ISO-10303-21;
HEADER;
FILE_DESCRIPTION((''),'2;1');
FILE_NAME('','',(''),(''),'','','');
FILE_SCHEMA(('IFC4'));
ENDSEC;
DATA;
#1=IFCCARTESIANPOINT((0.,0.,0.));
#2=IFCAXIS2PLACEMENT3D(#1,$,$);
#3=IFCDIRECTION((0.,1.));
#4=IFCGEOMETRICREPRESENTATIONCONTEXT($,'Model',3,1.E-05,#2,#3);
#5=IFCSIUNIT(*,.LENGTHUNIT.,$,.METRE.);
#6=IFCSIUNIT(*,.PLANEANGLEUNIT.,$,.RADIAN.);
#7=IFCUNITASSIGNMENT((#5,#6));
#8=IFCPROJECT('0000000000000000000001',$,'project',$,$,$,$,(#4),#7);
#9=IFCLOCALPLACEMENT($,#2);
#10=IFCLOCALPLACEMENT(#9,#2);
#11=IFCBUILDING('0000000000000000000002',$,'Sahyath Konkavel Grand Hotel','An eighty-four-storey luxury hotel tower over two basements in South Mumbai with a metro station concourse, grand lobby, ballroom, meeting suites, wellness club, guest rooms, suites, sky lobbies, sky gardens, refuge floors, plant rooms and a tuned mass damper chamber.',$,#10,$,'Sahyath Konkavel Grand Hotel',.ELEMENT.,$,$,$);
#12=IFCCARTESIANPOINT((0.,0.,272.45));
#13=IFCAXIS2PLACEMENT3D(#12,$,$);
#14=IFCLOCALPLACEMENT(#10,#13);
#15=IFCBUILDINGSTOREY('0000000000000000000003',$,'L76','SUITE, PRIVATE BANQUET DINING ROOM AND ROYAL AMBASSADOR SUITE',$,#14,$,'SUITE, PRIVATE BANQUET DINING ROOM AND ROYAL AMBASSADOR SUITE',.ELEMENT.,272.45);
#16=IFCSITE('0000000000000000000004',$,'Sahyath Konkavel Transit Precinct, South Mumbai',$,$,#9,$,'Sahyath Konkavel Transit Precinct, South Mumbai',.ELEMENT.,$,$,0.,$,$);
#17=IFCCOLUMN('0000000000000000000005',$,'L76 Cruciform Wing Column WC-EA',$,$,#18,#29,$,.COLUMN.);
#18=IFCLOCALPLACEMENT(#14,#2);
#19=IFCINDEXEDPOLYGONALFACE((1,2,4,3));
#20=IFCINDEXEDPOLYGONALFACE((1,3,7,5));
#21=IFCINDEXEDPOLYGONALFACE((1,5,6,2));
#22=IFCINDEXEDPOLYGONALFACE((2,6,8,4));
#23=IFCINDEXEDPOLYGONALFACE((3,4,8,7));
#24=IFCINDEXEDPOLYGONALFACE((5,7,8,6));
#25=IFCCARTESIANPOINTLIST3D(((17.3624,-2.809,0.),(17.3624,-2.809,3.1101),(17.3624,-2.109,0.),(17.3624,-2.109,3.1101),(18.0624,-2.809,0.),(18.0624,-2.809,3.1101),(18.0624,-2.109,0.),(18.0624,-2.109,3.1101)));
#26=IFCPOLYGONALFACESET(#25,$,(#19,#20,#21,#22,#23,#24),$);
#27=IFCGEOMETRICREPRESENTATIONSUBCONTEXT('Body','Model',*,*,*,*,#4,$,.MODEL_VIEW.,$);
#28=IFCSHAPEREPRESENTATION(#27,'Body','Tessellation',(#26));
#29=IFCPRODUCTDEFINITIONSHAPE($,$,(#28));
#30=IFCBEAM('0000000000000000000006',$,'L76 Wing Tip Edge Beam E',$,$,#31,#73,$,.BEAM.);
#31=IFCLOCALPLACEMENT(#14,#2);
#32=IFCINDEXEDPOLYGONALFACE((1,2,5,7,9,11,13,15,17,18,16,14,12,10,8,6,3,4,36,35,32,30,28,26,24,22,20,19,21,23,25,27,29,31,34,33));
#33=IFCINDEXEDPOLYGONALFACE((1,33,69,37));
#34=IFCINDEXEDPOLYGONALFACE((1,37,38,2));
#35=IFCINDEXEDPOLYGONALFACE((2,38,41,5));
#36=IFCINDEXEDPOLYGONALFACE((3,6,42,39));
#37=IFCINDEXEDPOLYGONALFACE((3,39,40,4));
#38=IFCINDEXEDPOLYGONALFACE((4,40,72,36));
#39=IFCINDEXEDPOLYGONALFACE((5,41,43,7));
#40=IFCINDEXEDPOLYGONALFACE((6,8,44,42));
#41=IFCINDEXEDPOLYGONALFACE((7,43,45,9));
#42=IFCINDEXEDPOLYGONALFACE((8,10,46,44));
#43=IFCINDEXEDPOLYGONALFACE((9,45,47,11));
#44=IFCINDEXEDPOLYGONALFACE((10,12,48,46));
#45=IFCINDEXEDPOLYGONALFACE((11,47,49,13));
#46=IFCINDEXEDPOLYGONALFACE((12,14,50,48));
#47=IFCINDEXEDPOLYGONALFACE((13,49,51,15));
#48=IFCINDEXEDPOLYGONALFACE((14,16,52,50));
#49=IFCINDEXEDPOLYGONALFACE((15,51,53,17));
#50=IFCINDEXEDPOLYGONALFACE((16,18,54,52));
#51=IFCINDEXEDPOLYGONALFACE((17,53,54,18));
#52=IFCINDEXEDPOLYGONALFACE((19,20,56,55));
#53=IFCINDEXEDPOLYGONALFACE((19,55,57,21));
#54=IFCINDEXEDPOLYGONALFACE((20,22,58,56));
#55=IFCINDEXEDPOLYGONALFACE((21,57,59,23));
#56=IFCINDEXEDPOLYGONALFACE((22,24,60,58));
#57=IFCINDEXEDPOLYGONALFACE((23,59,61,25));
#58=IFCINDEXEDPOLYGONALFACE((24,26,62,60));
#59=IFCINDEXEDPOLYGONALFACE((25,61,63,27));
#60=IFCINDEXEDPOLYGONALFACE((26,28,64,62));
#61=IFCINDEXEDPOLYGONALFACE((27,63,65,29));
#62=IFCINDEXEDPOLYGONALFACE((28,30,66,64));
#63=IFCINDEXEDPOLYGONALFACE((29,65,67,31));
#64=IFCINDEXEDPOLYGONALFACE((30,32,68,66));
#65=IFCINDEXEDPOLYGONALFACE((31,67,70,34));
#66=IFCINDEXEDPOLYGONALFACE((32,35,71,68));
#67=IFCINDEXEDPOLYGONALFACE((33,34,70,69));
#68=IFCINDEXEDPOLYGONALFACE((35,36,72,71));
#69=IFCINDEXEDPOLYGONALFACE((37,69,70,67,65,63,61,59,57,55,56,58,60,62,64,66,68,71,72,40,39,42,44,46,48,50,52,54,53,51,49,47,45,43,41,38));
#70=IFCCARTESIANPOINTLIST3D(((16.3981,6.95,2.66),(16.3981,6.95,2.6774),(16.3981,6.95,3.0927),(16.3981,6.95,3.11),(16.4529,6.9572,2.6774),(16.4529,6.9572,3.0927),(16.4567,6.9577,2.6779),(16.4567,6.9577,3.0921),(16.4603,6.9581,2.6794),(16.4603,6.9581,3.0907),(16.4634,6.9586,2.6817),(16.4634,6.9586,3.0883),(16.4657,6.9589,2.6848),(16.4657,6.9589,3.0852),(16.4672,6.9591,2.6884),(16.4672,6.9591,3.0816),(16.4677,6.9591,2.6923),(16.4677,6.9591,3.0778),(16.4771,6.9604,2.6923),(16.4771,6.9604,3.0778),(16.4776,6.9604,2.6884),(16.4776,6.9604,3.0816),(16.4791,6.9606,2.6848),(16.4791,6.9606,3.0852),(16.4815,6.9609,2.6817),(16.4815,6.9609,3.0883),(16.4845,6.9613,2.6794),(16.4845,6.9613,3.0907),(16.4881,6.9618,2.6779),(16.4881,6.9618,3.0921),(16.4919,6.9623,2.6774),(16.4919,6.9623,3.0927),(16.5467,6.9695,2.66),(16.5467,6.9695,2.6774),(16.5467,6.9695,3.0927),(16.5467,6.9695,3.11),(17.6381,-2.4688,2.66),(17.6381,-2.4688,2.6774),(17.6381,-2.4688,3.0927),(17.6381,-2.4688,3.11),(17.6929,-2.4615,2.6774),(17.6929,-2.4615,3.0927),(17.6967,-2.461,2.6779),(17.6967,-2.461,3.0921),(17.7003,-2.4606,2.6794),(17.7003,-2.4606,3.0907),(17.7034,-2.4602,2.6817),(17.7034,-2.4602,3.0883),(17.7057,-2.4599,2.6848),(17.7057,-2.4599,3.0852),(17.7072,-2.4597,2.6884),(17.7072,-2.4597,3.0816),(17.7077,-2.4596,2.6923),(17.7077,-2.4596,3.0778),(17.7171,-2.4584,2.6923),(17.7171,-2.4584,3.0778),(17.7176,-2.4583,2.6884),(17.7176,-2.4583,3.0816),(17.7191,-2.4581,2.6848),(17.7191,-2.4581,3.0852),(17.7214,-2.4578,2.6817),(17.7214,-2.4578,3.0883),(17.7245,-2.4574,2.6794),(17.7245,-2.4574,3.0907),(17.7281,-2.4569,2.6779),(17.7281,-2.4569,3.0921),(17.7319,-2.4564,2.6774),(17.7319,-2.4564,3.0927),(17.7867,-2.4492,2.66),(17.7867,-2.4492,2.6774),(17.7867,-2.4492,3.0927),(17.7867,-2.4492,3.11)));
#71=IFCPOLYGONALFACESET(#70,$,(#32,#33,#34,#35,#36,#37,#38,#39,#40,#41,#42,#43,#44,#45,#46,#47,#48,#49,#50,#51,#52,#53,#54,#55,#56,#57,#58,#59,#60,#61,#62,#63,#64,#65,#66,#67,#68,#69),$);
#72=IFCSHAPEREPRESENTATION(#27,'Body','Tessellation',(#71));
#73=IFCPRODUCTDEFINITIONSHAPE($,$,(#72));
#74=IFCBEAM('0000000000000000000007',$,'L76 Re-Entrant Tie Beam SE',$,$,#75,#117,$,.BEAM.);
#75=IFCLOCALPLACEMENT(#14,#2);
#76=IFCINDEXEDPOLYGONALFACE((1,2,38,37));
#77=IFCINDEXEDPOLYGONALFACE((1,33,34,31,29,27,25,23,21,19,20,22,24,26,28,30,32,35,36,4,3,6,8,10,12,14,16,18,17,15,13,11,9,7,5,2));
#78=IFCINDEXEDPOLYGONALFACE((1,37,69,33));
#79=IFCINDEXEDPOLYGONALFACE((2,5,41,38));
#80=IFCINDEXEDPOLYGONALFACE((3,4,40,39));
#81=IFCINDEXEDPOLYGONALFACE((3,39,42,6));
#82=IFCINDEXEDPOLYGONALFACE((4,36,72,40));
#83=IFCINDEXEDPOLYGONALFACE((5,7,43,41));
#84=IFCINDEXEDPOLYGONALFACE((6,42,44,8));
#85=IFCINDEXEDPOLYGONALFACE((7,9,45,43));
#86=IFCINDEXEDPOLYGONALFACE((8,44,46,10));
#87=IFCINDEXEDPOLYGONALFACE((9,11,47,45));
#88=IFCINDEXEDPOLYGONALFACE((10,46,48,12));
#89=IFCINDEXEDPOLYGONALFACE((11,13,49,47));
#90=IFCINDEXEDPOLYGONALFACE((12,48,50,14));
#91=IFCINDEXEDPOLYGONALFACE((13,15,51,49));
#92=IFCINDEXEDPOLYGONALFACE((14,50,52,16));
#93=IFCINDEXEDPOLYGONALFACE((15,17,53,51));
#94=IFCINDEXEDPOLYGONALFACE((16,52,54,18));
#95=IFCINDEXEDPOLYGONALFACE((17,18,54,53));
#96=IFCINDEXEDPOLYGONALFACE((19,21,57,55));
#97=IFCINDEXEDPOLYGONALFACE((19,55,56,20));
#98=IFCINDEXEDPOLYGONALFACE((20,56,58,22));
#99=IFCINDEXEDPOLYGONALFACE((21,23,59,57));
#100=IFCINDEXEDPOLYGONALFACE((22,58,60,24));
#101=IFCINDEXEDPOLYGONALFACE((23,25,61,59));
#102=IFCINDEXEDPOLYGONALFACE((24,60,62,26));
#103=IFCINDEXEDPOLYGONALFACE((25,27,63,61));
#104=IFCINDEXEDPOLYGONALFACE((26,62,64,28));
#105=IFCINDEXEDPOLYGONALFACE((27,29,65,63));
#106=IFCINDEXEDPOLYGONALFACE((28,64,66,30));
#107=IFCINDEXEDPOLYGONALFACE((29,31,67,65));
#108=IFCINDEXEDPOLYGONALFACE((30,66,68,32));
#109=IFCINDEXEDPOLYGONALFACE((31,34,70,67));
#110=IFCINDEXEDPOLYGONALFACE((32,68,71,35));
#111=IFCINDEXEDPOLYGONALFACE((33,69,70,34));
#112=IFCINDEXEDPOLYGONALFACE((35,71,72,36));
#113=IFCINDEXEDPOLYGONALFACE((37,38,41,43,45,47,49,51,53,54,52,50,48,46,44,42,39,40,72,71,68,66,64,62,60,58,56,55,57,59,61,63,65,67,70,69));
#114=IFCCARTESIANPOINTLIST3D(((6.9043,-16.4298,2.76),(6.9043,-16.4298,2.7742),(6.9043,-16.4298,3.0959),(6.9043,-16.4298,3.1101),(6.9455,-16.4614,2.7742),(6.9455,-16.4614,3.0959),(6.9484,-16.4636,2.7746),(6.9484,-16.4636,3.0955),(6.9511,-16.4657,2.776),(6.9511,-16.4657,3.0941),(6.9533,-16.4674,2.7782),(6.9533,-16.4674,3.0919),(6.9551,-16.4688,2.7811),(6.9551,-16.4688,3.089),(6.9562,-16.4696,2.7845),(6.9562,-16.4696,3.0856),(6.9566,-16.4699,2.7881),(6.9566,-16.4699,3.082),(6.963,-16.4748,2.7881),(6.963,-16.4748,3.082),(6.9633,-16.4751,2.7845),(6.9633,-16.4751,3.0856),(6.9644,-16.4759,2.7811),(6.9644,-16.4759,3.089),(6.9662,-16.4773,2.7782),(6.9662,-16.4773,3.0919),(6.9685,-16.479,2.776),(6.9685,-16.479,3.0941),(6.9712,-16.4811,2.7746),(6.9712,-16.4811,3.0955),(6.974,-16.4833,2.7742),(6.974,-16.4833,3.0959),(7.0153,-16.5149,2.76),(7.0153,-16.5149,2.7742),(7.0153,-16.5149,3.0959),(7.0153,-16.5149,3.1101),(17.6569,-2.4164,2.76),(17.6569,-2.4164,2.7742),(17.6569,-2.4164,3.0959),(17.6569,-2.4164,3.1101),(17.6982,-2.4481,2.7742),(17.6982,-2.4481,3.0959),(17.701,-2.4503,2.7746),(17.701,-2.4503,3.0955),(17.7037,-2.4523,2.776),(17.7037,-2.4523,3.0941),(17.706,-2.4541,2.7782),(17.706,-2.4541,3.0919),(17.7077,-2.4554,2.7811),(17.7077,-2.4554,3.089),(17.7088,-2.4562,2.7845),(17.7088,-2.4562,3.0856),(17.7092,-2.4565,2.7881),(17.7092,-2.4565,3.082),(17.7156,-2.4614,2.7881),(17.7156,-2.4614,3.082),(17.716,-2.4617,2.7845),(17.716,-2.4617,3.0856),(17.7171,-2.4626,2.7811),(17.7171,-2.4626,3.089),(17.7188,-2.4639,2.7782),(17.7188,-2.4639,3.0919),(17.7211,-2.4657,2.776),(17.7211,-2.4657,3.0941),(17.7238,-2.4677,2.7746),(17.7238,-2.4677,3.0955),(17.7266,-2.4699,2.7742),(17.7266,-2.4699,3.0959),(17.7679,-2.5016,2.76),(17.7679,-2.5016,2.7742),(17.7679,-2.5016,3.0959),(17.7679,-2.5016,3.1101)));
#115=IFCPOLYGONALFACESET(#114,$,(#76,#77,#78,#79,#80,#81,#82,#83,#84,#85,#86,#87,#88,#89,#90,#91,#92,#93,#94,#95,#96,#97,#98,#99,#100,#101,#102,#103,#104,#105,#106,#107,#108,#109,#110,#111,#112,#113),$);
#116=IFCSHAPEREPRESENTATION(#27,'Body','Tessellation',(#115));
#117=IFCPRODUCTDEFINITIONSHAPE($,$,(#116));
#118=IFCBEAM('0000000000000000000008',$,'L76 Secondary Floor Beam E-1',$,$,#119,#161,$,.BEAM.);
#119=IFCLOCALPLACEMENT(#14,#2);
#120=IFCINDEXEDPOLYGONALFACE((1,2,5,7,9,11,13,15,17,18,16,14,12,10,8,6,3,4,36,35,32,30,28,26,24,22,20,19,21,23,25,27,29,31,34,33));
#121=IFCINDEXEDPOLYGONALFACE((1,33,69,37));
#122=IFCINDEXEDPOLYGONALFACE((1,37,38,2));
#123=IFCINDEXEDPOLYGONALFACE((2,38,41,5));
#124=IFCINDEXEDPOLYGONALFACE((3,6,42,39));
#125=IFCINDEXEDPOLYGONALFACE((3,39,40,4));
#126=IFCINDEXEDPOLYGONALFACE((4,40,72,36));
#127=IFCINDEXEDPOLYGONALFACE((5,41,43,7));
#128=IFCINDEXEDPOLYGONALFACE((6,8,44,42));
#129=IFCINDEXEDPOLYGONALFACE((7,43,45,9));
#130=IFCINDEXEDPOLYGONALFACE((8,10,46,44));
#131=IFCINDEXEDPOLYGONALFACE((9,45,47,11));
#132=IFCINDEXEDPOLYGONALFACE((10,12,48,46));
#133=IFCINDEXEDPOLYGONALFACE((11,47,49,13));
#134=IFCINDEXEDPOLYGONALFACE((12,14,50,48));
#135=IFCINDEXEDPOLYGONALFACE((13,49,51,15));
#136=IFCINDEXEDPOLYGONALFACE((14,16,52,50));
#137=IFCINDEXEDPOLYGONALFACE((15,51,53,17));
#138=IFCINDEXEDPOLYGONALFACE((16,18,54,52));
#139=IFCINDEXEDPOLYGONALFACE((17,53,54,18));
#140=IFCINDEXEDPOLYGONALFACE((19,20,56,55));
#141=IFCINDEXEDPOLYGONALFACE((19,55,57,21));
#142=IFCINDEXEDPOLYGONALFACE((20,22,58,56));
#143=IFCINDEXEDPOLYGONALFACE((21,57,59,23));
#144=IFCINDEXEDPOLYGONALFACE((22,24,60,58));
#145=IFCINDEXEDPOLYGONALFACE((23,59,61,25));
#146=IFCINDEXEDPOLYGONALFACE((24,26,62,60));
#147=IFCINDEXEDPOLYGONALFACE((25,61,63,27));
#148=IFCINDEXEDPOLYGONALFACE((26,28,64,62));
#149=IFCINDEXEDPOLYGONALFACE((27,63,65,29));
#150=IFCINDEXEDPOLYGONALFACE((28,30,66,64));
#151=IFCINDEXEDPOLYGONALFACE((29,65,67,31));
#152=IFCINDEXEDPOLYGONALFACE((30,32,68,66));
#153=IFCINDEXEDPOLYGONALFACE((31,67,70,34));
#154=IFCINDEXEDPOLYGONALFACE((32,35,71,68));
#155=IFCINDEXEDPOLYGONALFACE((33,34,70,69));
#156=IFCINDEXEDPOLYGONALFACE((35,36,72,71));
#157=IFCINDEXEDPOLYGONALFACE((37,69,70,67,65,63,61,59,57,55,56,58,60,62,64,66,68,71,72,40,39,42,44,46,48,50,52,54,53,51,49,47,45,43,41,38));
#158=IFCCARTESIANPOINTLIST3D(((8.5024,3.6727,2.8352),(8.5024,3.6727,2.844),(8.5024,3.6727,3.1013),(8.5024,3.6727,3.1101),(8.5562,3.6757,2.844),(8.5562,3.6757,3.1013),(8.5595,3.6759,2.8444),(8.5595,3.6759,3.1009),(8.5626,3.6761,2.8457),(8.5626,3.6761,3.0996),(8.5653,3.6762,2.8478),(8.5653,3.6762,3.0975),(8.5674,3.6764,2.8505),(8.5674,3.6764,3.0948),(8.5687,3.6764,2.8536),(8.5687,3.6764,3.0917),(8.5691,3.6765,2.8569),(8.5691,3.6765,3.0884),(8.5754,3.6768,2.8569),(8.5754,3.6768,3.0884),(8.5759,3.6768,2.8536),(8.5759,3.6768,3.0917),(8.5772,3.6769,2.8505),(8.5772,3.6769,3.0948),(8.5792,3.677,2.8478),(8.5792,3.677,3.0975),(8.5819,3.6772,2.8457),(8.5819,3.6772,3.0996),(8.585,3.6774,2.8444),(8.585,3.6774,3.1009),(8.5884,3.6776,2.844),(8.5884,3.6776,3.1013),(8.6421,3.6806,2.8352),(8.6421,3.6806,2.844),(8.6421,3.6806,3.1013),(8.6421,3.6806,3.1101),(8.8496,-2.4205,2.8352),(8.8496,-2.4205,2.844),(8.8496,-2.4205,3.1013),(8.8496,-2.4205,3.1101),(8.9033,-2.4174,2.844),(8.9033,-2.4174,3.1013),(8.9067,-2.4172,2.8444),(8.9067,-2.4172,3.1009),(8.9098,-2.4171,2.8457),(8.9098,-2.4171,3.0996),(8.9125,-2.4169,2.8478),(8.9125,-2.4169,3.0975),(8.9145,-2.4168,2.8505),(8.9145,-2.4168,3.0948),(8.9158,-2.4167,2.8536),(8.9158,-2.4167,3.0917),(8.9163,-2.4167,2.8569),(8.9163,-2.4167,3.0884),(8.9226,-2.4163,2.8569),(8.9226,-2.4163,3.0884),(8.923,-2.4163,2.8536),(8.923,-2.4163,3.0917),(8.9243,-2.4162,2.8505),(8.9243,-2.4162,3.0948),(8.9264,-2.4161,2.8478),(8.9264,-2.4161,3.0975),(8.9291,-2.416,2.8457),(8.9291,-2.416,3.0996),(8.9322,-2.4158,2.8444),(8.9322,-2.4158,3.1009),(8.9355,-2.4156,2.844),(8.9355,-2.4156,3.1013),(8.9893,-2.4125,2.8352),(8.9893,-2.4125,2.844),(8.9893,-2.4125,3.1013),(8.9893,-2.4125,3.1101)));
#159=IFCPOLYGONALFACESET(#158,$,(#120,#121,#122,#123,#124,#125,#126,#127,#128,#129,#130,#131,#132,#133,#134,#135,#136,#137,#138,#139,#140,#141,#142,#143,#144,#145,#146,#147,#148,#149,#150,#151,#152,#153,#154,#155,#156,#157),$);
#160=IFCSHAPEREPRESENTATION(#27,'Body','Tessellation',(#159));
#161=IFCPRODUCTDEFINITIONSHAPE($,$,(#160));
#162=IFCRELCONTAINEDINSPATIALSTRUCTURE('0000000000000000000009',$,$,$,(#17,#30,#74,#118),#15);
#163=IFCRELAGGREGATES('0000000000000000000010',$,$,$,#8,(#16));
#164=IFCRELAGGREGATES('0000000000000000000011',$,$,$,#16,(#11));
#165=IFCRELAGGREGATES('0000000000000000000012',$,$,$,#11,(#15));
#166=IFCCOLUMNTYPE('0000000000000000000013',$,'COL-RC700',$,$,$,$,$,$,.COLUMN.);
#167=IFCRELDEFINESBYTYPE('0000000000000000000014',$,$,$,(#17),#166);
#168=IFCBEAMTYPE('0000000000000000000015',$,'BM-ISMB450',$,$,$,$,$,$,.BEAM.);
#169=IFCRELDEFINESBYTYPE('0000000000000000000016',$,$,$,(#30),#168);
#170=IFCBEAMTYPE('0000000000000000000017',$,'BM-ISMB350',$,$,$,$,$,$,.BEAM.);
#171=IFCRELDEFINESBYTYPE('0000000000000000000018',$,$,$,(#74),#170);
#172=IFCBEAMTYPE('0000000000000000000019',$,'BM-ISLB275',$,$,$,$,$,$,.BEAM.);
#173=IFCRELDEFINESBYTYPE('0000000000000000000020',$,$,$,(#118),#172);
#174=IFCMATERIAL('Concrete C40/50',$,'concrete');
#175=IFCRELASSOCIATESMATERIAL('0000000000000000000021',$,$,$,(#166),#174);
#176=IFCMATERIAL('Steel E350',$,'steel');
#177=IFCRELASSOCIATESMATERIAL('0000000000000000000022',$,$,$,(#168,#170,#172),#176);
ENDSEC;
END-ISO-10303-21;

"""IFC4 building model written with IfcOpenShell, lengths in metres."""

from ifc_helpers import new_model, si_unit, direction, frame, origin, origin_2d, place, context, subcontext, project, spatial, rectangle, i_section, extrude, source, transform, mapped, material, material_profile, profile_set, type_object, element, save


model = new_model("IFC4")

# Units and contexts
model_context = context("Model", 3, precision=1e-05, world=origin(), true_north=direction((0.0, 1.0)))
body_context = subcontext(model_context, "Body", "Model", "MODEL_VIEW")
ifc_project = project(units=[si_unit("LENGTHUNIT", "METRE"), si_unit("PLANEANGLEUNIT", "RADIAN")], contexts=[model_context])

# Site, building, storey
site_placement = place(None, origin())
site = spatial("IfcSite", under=ifc_project, at=site_placement, Name="Sahyath Konkavel Transit Precinct, South Mumbai", LongName="Sahyath Konkavel Transit Precinct, South Mumbai", CompositionType="ELEMENT", RefElevation=0.0)
building_placement = place(site_placement, origin())
building = spatial("IfcBuilding", under=site, at=building_placement, Name="Sahyath Konkavel Grand Hotel", Description="An eighty-four-storey luxury hotel tower over two basements in South Mumbai with a metro station concourse, grand lobby, ballroom, meeting suites, wellness club, guest rooms, suites, sky lobbies, sky gardens, refuge floors, plant rooms and a tuned mass damper chamber.", LongName="Sahyath Konkavel Grand Hotel", CompositionType="ELEMENT")
storey_placement = place(building_placement, frame((0.0, 0.0, 272.45)))
storey = spatial("IfcBuildingStorey", under=building, at=storey_placement, Name="L76", Description="SUITE, PRIVATE BANQUET DINING ROOM AND ROYAL AMBASSADOR SUITE", LongName="SUITE, PRIVATE BANQUET DINING ROOM AND ROYAL AMBASSADOR SUITE", CompositionType="ELEMENT", Elevation=272.45)

# Column
ifc_material_1 = material(Name="Concrete C40/50", Category="concrete")
ifc_material_profile_1 = material_profile(ifc_material_1, rectangle(XDim=0.7, YDim=0.7, at=origin_2d()), Name="RC 700x700")
ifc_profile_set_1 = profile_set([ifc_material_profile_1], Name="Concrete C40/50")
column_type = type_object("IfcColumnType", Name="COL-RC700", PredefinedType="COLUMN", material=ifc_profile_set_1)
shared_shape_1 = source(origin(), body_context, "Body", "SweptSolid", [
    extrude(rectangle(XDim=0.7, YDim=0.7, at=origin_2d()), origin(), (0.0, 0.0, 1.0), 3.1101),
])
column_placement = place(storey_placement, frame((17.7124, -2.459, 0.0), z_axis=(0.0, 0.0, 1.0), x_axis=(1.0, 0.0, 0.0)))
element("IfcColumn", 1, at=column_placement, inside=storey, type_object=column_type, Name="L76 Cruciform Wing Column WC-EA", PredefinedType="COLUMN", context=body_context, shape_type="MappedRepresentation", body=[
    mapped(shared_shape_1, transform((0.0, 0.0, 0.0), scale=1.0)),
])

# Beams
ifc_material_2 = material(Name="Steel E350", Category="steel")
ifc_material_profile_2 = material_profile(ifc_material_2, i_section(OverallWidth=0.1499, OverallDepth=0.45, WebThickness=0.0095, FlangeThickness=0.0173, FilletRadius=0.0149, at=origin_2d()), Name="ISMB 450")
ifc_profile_set_2 = profile_set([ifc_material_profile_2], Name="Steel E350")
beam_type_1 = type_object("IfcBeamType", Name="BM-ISMB450", PredefinedType="BEAM", material=ifc_profile_set_2)
shared_shape_2 = source(origin(), body_context, "Body", "SweptSolid", [
    extrude(i_section(OverallWidth=0.1499, OverallDepth=0.45, WebThickness=0.0095, FlangeThickness=0.0173, FilletRadius=0.0149, at=origin_2d()), origin(), (0.0, 0.0, 1.0), 9.5),
])
beam_1_placement = place(storey_placement, frame((17.7124, -2.459, 2.885), z_axis=(-0.130526, 0.991445, 0.0), x_axis=(-0.991445, -0.130526, 0.0)))
element("IfcBeam", 2, at=beam_1_placement, inside=storey, type_object=beam_type_1, Name="L76 Wing Tip Edge Beam E", PredefinedType="BEAM", context=body_context, shape_type="MappedRepresentation", body=[
    mapped(shared_shape_2, transform((0.0, 0.0, 0.0), scale=1.0)),
])
ifc_material_profile_3 = material_profile(ifc_material_2, i_section(OverallWidth=0.1399, OverallDepth=0.3501, WebThickness=0.0081, FlangeThickness=0.0142, FilletRadius=0.0139, at=origin_2d()), Name="ISMB 350")
ifc_profile_set_3 = profile_set([ifc_material_profile_3], Name="Steel E350")
beam_type_2 = type_object("IfcBeamType", Name="BM-ISMB350", PredefinedType="BEAM", material=ifc_profile_set_3)
shared_shape_3 = source(origin(), body_context, "Body", "SweptSolid", [
    extrude(i_section(OverallWidth=0.1399, OverallDepth=0.3501, WebThickness=0.0081, FlangeThickness=0.0142, FilletRadius=0.0139, at=origin_2d()), origin(), (0.0, 0.0, 1.0), 17.6633),
])
beam_2_placement = place(storey_placement, frame((17.7124, -2.459, 2.9351), z_axis=(-0.608754, -0.793359, 0.0), x_axis=(0.793359, -0.608754, 0.0)))
element("IfcBeam", 3, at=beam_2_placement, inside=storey, type_object=beam_type_2, Name="L76 Re-Entrant Tie Beam SE", PredefinedType="BEAM", context=body_context, shape_type="MappedRepresentation", body=[
    mapped(shared_shape_3, transform((0.0, 0.0, 0.0), scale=1.0)),
])
ifc_material_profile_4 = material_profile(ifc_material_2, i_section(OverallWidth=0.1399, OverallDepth=0.2749, WebThickness=0.0063, FlangeThickness=0.0088, FilletRadius=0.0129, at=origin_2d()), Name="ISLB 275")
ifc_profile_set_4 = profile_set([ifc_material_profile_4], Name="Steel E350")
beam_type_3 = type_object("IfcBeamType", Name="BM-ISLB275", PredefinedType="BEAM", material=ifc_profile_set_4)
shared_shape_4 = source(origin(), body_context, "Body", "SweptSolid", [
    extrude(i_section(OverallWidth=0.1399, OverallDepth=0.2749, WebThickness=0.0063, FlangeThickness=0.0088, FilletRadius=0.0129, at=origin_2d()), origin(), (0.0, 0.0, 1.0), 6.103),
])
beam_3_placement = place(storey_placement, frame((8.9194, -2.4165, 2.9727), z_axis=(-0.056883, 0.998381, 0.0), x_axis=(-0.998381, -0.056883, 0.0)))
element("IfcBeam", 4, at=beam_3_placement, inside=storey, type_object=beam_type_3, Name="L76 Secondary Floor Beam E-1", PredefinedType="BEAM", context=body_context, shape_type="MappedRepresentation", body=[
    mapped(shared_shape_4, transform((0.0, 0.0, 0.0), scale=1.0)),
])

save(model, "model.ifc")
